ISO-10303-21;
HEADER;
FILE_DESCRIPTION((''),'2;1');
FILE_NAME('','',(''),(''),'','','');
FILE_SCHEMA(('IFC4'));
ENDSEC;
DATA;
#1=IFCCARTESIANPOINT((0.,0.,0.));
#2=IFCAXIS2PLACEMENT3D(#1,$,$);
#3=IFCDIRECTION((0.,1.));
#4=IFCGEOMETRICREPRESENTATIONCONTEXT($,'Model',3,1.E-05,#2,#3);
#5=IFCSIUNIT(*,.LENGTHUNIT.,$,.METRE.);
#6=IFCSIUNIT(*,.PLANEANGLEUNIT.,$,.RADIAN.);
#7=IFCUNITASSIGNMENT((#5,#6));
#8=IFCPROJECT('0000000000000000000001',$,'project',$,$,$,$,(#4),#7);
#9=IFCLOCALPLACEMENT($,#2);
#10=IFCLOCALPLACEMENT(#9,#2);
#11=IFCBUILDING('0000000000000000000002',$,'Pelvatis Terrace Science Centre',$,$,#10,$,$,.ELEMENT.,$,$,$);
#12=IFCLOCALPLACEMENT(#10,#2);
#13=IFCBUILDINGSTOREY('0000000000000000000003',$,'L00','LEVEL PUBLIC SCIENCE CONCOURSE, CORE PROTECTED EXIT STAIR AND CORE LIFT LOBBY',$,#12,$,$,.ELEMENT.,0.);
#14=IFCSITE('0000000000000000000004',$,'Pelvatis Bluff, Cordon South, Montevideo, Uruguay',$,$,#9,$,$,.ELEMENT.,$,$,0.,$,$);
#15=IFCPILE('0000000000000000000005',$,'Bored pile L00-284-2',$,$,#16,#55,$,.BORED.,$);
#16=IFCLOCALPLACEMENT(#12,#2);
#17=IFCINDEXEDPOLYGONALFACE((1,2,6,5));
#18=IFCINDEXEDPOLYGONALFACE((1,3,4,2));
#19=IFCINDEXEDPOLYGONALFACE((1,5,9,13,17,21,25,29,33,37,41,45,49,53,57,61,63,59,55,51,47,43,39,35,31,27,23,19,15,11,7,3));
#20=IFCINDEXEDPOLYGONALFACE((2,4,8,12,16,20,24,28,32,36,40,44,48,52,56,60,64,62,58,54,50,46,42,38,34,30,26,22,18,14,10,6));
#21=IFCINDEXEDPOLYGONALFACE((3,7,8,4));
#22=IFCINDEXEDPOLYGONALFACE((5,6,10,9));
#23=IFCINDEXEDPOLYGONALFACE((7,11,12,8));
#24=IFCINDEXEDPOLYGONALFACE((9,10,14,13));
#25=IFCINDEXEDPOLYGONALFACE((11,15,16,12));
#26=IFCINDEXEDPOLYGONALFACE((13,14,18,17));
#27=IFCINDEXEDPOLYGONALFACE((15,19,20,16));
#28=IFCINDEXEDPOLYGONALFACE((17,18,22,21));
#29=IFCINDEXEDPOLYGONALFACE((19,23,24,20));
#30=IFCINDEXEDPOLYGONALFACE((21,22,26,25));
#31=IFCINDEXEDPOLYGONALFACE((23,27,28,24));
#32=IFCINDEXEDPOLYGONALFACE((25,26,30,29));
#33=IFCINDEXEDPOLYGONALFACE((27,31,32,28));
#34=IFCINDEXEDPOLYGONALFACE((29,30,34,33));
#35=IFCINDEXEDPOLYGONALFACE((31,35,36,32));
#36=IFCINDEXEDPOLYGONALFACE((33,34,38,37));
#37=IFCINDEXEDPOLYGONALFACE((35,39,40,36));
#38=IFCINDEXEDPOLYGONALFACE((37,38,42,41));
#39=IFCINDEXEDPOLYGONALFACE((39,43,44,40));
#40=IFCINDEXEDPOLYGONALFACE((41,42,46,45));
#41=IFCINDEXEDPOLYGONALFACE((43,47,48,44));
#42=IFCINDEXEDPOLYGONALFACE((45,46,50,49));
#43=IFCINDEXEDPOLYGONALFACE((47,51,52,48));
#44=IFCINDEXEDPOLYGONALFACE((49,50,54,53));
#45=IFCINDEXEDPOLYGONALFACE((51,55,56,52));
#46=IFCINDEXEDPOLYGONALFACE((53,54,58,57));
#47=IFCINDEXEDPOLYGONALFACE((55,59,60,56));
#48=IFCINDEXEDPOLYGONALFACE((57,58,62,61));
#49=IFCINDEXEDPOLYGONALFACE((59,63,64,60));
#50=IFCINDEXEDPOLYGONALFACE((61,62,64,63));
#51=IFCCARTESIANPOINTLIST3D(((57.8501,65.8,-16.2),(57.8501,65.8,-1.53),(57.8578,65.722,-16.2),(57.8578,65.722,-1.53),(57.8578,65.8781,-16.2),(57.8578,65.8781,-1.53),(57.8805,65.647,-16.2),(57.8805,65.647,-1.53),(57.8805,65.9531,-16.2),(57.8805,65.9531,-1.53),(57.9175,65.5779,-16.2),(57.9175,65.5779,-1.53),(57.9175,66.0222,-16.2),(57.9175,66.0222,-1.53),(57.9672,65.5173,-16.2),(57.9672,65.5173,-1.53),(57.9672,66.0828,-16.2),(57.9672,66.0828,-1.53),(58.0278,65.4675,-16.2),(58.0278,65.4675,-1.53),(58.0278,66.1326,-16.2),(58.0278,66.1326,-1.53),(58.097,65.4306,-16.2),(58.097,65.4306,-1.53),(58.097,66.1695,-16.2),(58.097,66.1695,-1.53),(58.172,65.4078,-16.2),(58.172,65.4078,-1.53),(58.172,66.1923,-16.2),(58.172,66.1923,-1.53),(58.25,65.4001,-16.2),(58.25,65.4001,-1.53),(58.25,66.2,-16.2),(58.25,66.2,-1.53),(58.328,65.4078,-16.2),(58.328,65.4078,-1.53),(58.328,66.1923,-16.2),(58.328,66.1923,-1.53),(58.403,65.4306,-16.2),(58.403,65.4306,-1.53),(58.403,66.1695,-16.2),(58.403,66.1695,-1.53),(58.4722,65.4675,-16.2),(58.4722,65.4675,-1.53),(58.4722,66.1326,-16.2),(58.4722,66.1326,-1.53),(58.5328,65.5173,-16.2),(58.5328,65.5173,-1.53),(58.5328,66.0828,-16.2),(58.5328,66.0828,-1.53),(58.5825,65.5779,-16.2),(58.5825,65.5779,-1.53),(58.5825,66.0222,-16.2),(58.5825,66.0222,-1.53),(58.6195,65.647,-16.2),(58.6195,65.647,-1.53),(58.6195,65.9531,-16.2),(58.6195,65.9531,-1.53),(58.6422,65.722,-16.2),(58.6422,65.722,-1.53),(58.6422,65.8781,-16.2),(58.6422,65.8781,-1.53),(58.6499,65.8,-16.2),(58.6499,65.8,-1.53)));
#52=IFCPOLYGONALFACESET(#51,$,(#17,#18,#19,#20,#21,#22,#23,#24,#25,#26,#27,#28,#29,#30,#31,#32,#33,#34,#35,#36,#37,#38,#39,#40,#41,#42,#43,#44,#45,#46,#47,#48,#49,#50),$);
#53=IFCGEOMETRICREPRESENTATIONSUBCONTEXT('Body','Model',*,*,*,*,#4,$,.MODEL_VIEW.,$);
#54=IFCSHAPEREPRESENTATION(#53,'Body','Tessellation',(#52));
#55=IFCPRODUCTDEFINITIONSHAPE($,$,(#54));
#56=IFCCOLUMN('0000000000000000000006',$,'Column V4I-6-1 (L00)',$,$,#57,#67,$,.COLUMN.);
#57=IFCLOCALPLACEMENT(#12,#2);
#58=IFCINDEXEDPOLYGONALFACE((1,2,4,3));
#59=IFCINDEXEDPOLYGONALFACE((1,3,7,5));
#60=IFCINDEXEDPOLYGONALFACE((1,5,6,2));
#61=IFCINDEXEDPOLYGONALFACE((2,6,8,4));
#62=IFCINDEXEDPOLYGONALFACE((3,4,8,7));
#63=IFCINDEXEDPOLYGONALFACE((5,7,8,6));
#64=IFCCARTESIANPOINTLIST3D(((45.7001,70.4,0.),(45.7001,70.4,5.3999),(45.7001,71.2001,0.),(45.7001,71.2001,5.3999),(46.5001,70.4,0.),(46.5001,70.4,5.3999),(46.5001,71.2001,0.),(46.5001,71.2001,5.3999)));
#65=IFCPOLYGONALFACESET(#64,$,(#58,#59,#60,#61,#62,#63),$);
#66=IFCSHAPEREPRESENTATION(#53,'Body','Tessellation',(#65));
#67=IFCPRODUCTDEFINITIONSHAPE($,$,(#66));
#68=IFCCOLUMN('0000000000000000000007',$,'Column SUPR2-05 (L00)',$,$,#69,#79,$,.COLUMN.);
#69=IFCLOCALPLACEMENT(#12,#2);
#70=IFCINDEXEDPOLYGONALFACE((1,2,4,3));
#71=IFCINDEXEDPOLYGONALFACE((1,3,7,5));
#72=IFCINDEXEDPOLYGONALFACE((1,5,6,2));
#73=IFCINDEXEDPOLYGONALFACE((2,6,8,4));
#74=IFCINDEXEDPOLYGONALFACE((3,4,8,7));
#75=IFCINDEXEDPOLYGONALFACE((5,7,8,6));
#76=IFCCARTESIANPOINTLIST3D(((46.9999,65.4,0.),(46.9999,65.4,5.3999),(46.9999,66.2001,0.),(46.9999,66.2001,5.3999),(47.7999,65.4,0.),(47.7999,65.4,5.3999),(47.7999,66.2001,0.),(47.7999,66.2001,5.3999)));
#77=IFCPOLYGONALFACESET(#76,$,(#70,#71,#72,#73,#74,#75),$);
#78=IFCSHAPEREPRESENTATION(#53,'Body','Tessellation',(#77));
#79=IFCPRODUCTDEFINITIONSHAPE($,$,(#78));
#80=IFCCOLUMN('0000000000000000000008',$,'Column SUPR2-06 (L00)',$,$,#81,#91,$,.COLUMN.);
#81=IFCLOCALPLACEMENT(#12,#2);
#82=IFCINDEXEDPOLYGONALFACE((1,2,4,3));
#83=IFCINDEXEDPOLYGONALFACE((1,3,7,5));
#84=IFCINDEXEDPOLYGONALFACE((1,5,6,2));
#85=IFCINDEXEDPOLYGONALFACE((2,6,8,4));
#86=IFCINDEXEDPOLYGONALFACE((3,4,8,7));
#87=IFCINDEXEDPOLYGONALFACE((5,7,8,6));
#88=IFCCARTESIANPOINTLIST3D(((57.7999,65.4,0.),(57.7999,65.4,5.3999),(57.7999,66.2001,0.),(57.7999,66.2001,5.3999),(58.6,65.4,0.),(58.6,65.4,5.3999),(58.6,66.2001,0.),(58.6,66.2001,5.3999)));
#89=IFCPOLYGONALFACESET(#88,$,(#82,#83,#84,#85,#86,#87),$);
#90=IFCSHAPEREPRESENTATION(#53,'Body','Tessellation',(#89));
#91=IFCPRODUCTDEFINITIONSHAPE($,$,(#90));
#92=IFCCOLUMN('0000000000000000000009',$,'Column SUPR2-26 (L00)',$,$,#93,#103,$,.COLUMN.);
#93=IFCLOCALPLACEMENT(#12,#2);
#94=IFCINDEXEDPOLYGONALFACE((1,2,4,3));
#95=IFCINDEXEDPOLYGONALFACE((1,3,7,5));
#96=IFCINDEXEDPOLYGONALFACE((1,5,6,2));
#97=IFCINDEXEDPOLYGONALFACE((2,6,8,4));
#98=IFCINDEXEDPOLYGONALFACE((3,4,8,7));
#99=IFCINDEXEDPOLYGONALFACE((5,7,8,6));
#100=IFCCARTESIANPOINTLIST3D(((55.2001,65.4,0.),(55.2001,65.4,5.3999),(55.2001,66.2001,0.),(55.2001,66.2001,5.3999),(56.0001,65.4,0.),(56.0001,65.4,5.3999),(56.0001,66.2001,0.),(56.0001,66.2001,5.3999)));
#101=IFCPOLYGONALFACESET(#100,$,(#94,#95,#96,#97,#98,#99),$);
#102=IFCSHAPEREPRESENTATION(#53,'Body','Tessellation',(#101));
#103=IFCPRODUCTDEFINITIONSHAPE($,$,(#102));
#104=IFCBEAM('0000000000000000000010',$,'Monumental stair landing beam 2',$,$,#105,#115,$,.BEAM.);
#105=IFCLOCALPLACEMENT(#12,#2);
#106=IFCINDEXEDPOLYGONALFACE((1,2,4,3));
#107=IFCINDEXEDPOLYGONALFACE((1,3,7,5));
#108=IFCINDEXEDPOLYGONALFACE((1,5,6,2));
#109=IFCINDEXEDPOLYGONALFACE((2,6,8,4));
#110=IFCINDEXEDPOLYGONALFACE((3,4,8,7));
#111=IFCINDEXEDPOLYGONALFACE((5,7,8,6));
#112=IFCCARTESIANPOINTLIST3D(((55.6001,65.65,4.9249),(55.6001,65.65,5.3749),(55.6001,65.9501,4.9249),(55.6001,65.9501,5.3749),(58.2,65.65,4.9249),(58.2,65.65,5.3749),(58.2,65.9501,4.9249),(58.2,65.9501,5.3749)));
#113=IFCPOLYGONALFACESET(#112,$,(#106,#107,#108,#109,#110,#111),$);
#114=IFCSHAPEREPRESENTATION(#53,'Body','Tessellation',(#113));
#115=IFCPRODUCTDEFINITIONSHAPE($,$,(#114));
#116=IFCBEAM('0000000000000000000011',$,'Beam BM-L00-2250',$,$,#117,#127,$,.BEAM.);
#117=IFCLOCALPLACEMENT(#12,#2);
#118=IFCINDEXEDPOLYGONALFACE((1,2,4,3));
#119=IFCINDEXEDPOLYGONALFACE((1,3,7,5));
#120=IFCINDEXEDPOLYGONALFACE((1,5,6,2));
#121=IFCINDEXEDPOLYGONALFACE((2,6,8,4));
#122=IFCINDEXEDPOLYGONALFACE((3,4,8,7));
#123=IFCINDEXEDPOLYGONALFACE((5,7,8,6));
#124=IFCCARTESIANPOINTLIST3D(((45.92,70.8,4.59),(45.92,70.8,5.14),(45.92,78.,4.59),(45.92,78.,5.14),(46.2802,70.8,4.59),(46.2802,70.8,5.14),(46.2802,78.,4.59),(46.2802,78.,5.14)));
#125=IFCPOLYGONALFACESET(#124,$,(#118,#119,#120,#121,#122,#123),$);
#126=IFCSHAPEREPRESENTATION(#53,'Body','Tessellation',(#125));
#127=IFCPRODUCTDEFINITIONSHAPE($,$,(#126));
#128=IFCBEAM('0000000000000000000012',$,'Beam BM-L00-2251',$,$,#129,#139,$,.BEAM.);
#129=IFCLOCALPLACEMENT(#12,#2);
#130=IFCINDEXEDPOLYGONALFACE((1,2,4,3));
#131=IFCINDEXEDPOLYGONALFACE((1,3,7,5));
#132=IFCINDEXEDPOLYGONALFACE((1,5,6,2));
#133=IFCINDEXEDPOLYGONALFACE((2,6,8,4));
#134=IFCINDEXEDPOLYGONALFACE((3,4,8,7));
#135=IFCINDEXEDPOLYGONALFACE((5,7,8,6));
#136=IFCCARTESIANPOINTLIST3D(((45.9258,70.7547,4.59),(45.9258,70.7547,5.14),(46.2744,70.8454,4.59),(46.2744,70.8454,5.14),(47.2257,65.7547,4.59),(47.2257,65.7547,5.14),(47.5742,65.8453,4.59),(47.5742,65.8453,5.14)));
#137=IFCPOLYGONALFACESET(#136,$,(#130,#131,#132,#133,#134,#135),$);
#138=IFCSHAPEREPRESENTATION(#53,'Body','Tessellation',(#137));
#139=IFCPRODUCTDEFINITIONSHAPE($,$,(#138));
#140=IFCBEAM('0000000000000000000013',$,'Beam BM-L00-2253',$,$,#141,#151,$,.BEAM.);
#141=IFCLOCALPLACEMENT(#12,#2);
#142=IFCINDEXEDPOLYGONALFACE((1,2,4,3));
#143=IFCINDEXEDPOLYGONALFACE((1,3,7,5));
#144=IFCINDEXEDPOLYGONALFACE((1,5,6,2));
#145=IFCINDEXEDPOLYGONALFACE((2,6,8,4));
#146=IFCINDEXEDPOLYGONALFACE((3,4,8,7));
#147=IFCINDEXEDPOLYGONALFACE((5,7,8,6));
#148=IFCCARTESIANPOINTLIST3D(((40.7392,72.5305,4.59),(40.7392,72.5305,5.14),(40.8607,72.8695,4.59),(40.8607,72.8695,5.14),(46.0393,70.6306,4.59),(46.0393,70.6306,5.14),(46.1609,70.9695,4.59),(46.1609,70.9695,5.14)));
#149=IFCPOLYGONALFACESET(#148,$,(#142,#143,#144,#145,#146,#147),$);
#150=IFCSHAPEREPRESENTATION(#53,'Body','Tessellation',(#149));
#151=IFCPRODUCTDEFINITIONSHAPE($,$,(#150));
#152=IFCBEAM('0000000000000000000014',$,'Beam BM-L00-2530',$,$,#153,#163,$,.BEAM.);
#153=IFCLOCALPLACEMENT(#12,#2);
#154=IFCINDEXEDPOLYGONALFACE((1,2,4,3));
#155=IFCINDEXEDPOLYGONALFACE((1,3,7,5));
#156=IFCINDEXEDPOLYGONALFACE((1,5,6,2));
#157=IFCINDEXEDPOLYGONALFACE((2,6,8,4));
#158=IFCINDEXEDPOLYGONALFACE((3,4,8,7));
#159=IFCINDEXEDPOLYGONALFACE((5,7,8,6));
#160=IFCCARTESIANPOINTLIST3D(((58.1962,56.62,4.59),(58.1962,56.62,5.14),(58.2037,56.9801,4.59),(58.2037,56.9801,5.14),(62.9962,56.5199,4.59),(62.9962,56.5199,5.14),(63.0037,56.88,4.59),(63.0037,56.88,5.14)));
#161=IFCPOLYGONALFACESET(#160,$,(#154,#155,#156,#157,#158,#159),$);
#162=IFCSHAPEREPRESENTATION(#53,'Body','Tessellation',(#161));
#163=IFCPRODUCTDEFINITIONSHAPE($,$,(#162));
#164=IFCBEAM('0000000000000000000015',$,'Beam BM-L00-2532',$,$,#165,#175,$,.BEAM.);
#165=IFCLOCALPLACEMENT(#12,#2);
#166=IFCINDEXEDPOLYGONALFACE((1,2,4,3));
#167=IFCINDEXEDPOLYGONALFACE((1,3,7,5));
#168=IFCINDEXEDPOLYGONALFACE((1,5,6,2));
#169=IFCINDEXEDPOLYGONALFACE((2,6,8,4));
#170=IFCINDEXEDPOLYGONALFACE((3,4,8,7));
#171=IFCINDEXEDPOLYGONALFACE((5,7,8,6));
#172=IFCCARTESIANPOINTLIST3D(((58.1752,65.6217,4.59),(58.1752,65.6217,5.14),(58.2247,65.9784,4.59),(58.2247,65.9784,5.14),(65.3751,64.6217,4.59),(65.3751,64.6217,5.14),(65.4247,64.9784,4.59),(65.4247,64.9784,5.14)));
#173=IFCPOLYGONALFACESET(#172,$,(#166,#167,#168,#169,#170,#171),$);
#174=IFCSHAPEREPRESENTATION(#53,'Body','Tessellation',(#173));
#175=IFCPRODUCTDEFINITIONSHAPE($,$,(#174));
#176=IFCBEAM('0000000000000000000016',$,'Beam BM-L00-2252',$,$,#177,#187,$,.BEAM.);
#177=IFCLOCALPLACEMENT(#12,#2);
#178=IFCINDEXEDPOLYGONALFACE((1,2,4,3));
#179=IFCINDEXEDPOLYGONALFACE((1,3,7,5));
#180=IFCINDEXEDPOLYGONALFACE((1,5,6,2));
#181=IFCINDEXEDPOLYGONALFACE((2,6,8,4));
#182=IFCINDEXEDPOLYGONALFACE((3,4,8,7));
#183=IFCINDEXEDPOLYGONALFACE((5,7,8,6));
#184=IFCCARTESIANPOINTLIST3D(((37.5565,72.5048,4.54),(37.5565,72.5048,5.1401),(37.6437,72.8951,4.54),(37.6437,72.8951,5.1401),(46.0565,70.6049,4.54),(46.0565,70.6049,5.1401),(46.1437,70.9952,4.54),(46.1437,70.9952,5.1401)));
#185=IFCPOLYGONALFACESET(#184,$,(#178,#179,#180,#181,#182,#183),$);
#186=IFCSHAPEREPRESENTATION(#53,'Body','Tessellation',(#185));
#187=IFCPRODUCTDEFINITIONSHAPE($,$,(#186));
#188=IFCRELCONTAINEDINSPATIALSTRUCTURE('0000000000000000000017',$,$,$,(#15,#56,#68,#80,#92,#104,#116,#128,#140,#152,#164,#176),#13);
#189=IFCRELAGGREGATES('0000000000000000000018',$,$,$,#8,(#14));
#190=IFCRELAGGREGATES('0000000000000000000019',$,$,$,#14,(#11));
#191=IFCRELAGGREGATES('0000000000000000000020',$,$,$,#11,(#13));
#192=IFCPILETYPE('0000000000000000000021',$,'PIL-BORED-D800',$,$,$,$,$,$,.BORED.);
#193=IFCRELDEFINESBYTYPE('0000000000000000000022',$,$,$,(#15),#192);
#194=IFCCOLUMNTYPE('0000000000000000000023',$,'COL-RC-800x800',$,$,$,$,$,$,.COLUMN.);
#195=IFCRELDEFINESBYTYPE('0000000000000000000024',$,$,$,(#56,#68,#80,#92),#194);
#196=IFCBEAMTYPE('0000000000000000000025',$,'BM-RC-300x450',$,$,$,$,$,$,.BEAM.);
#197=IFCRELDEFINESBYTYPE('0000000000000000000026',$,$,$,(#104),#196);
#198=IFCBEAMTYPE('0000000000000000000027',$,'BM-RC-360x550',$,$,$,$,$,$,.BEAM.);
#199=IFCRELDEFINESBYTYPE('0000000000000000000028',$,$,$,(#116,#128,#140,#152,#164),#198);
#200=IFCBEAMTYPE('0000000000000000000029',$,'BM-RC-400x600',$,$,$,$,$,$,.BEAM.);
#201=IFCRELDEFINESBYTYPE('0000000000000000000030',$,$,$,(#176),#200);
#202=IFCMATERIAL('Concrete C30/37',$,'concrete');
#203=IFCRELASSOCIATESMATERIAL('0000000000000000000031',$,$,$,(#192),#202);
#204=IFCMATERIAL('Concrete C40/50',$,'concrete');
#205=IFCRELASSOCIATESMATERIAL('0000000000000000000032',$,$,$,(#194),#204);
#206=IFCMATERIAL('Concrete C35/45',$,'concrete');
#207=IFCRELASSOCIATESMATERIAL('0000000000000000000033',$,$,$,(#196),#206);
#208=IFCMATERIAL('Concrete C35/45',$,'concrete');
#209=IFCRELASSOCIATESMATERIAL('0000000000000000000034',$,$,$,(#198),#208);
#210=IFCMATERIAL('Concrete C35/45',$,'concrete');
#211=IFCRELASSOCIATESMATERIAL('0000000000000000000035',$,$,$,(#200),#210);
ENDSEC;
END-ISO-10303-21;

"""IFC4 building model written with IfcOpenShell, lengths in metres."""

from ifc_helpers import new_model, si_unit, direction, frame, origin, origin_2d, place, context, subcontext, project, spatial, rectangle, circle, extrude, material, material_profile, profile_set, type_object, element, save


model = new_model("IFC4")

# Units and contexts
model_context = context("Model", 3, precision=1e-05, world=origin(), true_north=direction((0.0, 1.0)))
body_context = subcontext(model_context, "Body", "Model", "MODEL_VIEW")
ifc_project = project(units=[si_unit("LENGTHUNIT", "METRE"), si_unit("PLANEANGLEUNIT", "RADIAN")], contexts=[model_context])

# Site, building, storey
site_placement = place(None, origin())
site = spatial("IfcSite", under=ifc_project, at=site_placement, Name="Pelvatis Bluff, Cordon South, Montevideo, Uruguay", CompositionType="ELEMENT", RefElevation=0.0)
building_placement = place(site_placement, origin())
building = spatial("IfcBuilding", under=site, at=building_placement, Name="Pelvatis Terrace Science Centre", CompositionType="ELEMENT")
storey_placement = place(building_placement, origin())
storey = spatial("IfcBuildingStorey", under=building, at=storey_placement, Name="L00", Description="LEVEL PUBLIC SCIENCE CONCOURSE, CORE PROTECTED EXIT STAIR AND CORE LIFT LOBBY", CompositionType="ELEMENT", Elevation=0.0)

# Pile
ifc_material_1 = material(Name="Concrete C30/37", Category="concrete")
ifc_material_profile_1 = material_profile(ifc_material_1, circle(Radius=0.3999, at=origin_2d()), Name="PILE D800")
ifc_profile_set_1 = profile_set([ifc_material_profile_1], Name="Concrete C30/37")
pile_type = type_object("IfcPileType", Name="PIL-BORED-D800", PredefinedType="BORED", material=ifc_profile_set_1)
for number, where, z_axis, x_axis, name in (
    (1, (58.25, 65.8, -1.53), (0.0, 0.0, -1.0), (1.0, 0.0, 0.0), "Bored pile L00-284-2"),
):
    element("IfcPile", number, at=place(storey_placement, frame(where, z_axis=z_axis, x_axis=x_axis)), inside=storey, type_object=pile_type, Name=name, PredefinedType="BORED", context=body_context, shape_type="SweptSolid", body=[
        extrude(circle(Radius=0.3999, at=origin_2d()), origin(), (0.0, 0.0, 1.0), 14.6699),
    ])

# Columns
ifc_material_2 = material(Name="Concrete C40/50", Category="concrete")
ifc_material_profile_2 = material_profile(ifc_material_2, rectangle(XDim=0.8, YDim=0.8, at=origin_2d()), Name="RC-COL 800x800")
ifc_profile_set_2 = profile_set([ifc_material_profile_2], Name="Concrete C40/50")
column_type = type_object("IfcColumnType", Name="COL-RC-800x800", PredefinedType="COLUMN", material=ifc_profile_set_2)
for number, where, z_axis, x_axis, name in (
    (2, (46.1001, 70.8, 0.0), (0.0, 0.0, 1.0), (1.0, 0.0, 0.0), "Column V4I-6-1 (L00)"),
    (3, (47.3999, 65.8, 0.0), (0.0, 0.0, 1.0), (1.0, 0.0, 0.0), "Column SUPR2-05 (L00)"),
    (4, (58.2, 65.8, 0.0), (0.0, 0.0, 1.0), (1.0, 0.0, 0.0), "Column SUPR2-06 (L00)"),
    (5, (55.6001, 65.8, 0.0), (0.0, 0.0, 1.0), (1.0, 0.0, 0.0), "Column SUPR2-26 (L00)"),
):
    element("IfcColumn", number, at=place(storey_placement, frame(where, z_axis=z_axis, x_axis=x_axis)), inside=storey, type_object=column_type, Name=name, PredefinedType="COLUMN", context=body_context, shape_type="SweptSolid", body=[
        extrude(rectangle(XDim=0.8, YDim=0.8, at=origin_2d()), origin(), (0.0, 0.0, 1.0), 5.3999),
    ])

# Beams
ifc_material_3 = material(Name="Concrete C35/45", Category="concrete")
ifc_material_profile_3 = material_profile(ifc_material_3, rectangle(XDim=0.3, YDim=0.45, at=origin_2d()), Name="RC-BM 300x450")
ifc_profile_set_3 = profile_set([ifc_material_profile_3], Name="Concrete C35/45")
beam_type_1 = type_object("IfcBeamType", Name="BM-RC-300x450", PredefinedType="BEAM", material=ifc_profile_set_3)
beam_1_placement = place(storey_placement, frame((55.6001, 65.8, 5.1499), z_axis=(1.0, 0.0, 0.0), x_axis=(0.0, 1.0, 0.0)))
element("IfcBeam", 6, at=beam_1_placement, inside=storey, type_object=beam_type_1, Name="Monumental stair landing beam 2", PredefinedType="BEAM", context=body_context, shape_type="SweptSolid", body=[
    extrude(rectangle(XDim=0.3, YDim=0.45, at=origin_2d()), origin(), (0.0, 0.0, 1.0), 2.5999),
])
ifc_material_4 = material(Name="Concrete C35/45", Category="concrete")
ifc_material_profile_4 = material_profile(ifc_material_4, rectangle(XDim=0.3601, YDim=0.55, at=origin_2d()), Name="RC-BM 360x550")
ifc_profile_set_4 = profile_set([ifc_material_profile_4], Name="Concrete C35/45")
beam_type_2 = type_object("IfcBeamType", Name="BM-RC-360x550", PredefinedType="BEAM", material=ifc_profile_set_4)
beam_2_placement = place(storey_placement, frame((46.1001, 70.8, 4.865), z_axis=(0.0, 1.0, 0.0), x_axis=(-1.0, 0.0, 0.0)))
element("IfcBeam", 7, at=beam_2_placement, inside=storey, type_object=beam_type_2, Name="Beam BM-L00-2250", PredefinedType="BEAM", context=body_context, shape_type="SweptSolid", body=[
    extrude(rectangle(XDim=0.3601, YDim=0.55, at=origin_2d()), origin(), (0.0, 0.0, 1.0), 7.2),
])
beam_3_placement = place(storey_placement, frame((46.1001, 70.8, 4.865), z_axis=(0.251598, -0.967832, 0.0), x_axis=(0.967832, 0.251598, 0.0)))
element("IfcBeam", 8, at=beam_3_placement, inside=storey, type_object=beam_type_2, Name="Beam BM-L00-2251", PredefinedType="BEAM", context=body_context, shape_type="SweptSolid", body=[
    extrude(rectangle(XDim=0.3601, YDim=0.55, at=origin_2d()), origin(), (0.0, 0.0, 1.0), 5.1663),
])
beam_4_placement = place(storey_placement, frame((46.1001, 70.8, 4.865), z_axis=(-0.941346, 0.337443, 0.0), x_axis=(-0.337443, -0.941346, 0.0)))
element("IfcBeam", 9, at=beam_4_placement, inside=storey, type_object=beam_type_2, Name="Beam BM-L00-2253", PredefinedType="BEAM", context=body_context, shape_type="SweptSolid", body=[
    extrude(rectangle(XDim=0.3601, YDim=0.55, at=origin_2d()), origin(), (0.0, 0.0, 1.0), 5.6304),
])
beam_5_placement = place(storey_placement, frame((58.2, 56.8, 4.865), z_axis=(0.999783, -0.020849, 0.0), x_axis=(0.020849, 0.999783, 0.0)))
element("IfcBeam", 10, at=beam_5_placement, inside=storey, type_object=beam_type_2, Name="Beam BM-L00-2530", PredefinedType="BEAM", context=body_context, shape_type="SweptSolid", body=[
    extrude(rectangle(XDim=0.3601, YDim=0.55, at=origin_2d()), origin(), (0.0, 0.0, 1.0), 4.801),
])
beam_6_placement = place(storey_placement, frame((58.2, 65.8, 4.865), z_axis=(0.990492, -0.137569, 0.0), x_axis=(0.137569, 0.990492, 0.0)))
element("IfcBeam", 11, at=beam_6_placement, inside=storey, type_object=beam_type_2, Name="Beam BM-L00-2532", PredefinedType="BEAM", context=body_context, shape_type="SweptSolid", body=[
    extrude(rectangle(XDim=0.3601, YDim=0.55, at=origin_2d()), origin(), (0.0, 0.0, 1.0), 7.269),
])
ifc_material_5 = material(Name="Concrete C35/45", Category="concrete")
ifc_material_profile_5 = material_profile(ifc_material_5, rectangle(XDim=0.3999, YDim=0.6001, at=origin_2d()), Name="RC-BM 400x600")
ifc_profile_set_5 = profile_set([ifc_material_profile_5], Name="Concrete C35/45")
beam_type_3 = type_object("IfcBeamType", Name="BM-RC-400x600", PredefinedType="BEAM", material=ifc_profile_set_5)
beam_7_placement = place(storey_placement, frame((46.1001, 70.8, 4.8401), z_axis=(-0.975919, 0.218135, 0.0), x_axis=(-0.218135, -0.975919, 0.0)))
element("IfcBeam", 12, at=beam_7_placement, inside=storey, type_object=beam_type_3, Name="Beam BM-L00-2252", PredefinedType="BEAM", context=body_context, shape_type="SweptSolid", body=[
    extrude(rectangle(XDim=0.3999, YDim=0.6001, at=origin_2d()), origin(), (0.0, 0.0, 1.0), 8.7097),
])

save(model, "model.ifc")
